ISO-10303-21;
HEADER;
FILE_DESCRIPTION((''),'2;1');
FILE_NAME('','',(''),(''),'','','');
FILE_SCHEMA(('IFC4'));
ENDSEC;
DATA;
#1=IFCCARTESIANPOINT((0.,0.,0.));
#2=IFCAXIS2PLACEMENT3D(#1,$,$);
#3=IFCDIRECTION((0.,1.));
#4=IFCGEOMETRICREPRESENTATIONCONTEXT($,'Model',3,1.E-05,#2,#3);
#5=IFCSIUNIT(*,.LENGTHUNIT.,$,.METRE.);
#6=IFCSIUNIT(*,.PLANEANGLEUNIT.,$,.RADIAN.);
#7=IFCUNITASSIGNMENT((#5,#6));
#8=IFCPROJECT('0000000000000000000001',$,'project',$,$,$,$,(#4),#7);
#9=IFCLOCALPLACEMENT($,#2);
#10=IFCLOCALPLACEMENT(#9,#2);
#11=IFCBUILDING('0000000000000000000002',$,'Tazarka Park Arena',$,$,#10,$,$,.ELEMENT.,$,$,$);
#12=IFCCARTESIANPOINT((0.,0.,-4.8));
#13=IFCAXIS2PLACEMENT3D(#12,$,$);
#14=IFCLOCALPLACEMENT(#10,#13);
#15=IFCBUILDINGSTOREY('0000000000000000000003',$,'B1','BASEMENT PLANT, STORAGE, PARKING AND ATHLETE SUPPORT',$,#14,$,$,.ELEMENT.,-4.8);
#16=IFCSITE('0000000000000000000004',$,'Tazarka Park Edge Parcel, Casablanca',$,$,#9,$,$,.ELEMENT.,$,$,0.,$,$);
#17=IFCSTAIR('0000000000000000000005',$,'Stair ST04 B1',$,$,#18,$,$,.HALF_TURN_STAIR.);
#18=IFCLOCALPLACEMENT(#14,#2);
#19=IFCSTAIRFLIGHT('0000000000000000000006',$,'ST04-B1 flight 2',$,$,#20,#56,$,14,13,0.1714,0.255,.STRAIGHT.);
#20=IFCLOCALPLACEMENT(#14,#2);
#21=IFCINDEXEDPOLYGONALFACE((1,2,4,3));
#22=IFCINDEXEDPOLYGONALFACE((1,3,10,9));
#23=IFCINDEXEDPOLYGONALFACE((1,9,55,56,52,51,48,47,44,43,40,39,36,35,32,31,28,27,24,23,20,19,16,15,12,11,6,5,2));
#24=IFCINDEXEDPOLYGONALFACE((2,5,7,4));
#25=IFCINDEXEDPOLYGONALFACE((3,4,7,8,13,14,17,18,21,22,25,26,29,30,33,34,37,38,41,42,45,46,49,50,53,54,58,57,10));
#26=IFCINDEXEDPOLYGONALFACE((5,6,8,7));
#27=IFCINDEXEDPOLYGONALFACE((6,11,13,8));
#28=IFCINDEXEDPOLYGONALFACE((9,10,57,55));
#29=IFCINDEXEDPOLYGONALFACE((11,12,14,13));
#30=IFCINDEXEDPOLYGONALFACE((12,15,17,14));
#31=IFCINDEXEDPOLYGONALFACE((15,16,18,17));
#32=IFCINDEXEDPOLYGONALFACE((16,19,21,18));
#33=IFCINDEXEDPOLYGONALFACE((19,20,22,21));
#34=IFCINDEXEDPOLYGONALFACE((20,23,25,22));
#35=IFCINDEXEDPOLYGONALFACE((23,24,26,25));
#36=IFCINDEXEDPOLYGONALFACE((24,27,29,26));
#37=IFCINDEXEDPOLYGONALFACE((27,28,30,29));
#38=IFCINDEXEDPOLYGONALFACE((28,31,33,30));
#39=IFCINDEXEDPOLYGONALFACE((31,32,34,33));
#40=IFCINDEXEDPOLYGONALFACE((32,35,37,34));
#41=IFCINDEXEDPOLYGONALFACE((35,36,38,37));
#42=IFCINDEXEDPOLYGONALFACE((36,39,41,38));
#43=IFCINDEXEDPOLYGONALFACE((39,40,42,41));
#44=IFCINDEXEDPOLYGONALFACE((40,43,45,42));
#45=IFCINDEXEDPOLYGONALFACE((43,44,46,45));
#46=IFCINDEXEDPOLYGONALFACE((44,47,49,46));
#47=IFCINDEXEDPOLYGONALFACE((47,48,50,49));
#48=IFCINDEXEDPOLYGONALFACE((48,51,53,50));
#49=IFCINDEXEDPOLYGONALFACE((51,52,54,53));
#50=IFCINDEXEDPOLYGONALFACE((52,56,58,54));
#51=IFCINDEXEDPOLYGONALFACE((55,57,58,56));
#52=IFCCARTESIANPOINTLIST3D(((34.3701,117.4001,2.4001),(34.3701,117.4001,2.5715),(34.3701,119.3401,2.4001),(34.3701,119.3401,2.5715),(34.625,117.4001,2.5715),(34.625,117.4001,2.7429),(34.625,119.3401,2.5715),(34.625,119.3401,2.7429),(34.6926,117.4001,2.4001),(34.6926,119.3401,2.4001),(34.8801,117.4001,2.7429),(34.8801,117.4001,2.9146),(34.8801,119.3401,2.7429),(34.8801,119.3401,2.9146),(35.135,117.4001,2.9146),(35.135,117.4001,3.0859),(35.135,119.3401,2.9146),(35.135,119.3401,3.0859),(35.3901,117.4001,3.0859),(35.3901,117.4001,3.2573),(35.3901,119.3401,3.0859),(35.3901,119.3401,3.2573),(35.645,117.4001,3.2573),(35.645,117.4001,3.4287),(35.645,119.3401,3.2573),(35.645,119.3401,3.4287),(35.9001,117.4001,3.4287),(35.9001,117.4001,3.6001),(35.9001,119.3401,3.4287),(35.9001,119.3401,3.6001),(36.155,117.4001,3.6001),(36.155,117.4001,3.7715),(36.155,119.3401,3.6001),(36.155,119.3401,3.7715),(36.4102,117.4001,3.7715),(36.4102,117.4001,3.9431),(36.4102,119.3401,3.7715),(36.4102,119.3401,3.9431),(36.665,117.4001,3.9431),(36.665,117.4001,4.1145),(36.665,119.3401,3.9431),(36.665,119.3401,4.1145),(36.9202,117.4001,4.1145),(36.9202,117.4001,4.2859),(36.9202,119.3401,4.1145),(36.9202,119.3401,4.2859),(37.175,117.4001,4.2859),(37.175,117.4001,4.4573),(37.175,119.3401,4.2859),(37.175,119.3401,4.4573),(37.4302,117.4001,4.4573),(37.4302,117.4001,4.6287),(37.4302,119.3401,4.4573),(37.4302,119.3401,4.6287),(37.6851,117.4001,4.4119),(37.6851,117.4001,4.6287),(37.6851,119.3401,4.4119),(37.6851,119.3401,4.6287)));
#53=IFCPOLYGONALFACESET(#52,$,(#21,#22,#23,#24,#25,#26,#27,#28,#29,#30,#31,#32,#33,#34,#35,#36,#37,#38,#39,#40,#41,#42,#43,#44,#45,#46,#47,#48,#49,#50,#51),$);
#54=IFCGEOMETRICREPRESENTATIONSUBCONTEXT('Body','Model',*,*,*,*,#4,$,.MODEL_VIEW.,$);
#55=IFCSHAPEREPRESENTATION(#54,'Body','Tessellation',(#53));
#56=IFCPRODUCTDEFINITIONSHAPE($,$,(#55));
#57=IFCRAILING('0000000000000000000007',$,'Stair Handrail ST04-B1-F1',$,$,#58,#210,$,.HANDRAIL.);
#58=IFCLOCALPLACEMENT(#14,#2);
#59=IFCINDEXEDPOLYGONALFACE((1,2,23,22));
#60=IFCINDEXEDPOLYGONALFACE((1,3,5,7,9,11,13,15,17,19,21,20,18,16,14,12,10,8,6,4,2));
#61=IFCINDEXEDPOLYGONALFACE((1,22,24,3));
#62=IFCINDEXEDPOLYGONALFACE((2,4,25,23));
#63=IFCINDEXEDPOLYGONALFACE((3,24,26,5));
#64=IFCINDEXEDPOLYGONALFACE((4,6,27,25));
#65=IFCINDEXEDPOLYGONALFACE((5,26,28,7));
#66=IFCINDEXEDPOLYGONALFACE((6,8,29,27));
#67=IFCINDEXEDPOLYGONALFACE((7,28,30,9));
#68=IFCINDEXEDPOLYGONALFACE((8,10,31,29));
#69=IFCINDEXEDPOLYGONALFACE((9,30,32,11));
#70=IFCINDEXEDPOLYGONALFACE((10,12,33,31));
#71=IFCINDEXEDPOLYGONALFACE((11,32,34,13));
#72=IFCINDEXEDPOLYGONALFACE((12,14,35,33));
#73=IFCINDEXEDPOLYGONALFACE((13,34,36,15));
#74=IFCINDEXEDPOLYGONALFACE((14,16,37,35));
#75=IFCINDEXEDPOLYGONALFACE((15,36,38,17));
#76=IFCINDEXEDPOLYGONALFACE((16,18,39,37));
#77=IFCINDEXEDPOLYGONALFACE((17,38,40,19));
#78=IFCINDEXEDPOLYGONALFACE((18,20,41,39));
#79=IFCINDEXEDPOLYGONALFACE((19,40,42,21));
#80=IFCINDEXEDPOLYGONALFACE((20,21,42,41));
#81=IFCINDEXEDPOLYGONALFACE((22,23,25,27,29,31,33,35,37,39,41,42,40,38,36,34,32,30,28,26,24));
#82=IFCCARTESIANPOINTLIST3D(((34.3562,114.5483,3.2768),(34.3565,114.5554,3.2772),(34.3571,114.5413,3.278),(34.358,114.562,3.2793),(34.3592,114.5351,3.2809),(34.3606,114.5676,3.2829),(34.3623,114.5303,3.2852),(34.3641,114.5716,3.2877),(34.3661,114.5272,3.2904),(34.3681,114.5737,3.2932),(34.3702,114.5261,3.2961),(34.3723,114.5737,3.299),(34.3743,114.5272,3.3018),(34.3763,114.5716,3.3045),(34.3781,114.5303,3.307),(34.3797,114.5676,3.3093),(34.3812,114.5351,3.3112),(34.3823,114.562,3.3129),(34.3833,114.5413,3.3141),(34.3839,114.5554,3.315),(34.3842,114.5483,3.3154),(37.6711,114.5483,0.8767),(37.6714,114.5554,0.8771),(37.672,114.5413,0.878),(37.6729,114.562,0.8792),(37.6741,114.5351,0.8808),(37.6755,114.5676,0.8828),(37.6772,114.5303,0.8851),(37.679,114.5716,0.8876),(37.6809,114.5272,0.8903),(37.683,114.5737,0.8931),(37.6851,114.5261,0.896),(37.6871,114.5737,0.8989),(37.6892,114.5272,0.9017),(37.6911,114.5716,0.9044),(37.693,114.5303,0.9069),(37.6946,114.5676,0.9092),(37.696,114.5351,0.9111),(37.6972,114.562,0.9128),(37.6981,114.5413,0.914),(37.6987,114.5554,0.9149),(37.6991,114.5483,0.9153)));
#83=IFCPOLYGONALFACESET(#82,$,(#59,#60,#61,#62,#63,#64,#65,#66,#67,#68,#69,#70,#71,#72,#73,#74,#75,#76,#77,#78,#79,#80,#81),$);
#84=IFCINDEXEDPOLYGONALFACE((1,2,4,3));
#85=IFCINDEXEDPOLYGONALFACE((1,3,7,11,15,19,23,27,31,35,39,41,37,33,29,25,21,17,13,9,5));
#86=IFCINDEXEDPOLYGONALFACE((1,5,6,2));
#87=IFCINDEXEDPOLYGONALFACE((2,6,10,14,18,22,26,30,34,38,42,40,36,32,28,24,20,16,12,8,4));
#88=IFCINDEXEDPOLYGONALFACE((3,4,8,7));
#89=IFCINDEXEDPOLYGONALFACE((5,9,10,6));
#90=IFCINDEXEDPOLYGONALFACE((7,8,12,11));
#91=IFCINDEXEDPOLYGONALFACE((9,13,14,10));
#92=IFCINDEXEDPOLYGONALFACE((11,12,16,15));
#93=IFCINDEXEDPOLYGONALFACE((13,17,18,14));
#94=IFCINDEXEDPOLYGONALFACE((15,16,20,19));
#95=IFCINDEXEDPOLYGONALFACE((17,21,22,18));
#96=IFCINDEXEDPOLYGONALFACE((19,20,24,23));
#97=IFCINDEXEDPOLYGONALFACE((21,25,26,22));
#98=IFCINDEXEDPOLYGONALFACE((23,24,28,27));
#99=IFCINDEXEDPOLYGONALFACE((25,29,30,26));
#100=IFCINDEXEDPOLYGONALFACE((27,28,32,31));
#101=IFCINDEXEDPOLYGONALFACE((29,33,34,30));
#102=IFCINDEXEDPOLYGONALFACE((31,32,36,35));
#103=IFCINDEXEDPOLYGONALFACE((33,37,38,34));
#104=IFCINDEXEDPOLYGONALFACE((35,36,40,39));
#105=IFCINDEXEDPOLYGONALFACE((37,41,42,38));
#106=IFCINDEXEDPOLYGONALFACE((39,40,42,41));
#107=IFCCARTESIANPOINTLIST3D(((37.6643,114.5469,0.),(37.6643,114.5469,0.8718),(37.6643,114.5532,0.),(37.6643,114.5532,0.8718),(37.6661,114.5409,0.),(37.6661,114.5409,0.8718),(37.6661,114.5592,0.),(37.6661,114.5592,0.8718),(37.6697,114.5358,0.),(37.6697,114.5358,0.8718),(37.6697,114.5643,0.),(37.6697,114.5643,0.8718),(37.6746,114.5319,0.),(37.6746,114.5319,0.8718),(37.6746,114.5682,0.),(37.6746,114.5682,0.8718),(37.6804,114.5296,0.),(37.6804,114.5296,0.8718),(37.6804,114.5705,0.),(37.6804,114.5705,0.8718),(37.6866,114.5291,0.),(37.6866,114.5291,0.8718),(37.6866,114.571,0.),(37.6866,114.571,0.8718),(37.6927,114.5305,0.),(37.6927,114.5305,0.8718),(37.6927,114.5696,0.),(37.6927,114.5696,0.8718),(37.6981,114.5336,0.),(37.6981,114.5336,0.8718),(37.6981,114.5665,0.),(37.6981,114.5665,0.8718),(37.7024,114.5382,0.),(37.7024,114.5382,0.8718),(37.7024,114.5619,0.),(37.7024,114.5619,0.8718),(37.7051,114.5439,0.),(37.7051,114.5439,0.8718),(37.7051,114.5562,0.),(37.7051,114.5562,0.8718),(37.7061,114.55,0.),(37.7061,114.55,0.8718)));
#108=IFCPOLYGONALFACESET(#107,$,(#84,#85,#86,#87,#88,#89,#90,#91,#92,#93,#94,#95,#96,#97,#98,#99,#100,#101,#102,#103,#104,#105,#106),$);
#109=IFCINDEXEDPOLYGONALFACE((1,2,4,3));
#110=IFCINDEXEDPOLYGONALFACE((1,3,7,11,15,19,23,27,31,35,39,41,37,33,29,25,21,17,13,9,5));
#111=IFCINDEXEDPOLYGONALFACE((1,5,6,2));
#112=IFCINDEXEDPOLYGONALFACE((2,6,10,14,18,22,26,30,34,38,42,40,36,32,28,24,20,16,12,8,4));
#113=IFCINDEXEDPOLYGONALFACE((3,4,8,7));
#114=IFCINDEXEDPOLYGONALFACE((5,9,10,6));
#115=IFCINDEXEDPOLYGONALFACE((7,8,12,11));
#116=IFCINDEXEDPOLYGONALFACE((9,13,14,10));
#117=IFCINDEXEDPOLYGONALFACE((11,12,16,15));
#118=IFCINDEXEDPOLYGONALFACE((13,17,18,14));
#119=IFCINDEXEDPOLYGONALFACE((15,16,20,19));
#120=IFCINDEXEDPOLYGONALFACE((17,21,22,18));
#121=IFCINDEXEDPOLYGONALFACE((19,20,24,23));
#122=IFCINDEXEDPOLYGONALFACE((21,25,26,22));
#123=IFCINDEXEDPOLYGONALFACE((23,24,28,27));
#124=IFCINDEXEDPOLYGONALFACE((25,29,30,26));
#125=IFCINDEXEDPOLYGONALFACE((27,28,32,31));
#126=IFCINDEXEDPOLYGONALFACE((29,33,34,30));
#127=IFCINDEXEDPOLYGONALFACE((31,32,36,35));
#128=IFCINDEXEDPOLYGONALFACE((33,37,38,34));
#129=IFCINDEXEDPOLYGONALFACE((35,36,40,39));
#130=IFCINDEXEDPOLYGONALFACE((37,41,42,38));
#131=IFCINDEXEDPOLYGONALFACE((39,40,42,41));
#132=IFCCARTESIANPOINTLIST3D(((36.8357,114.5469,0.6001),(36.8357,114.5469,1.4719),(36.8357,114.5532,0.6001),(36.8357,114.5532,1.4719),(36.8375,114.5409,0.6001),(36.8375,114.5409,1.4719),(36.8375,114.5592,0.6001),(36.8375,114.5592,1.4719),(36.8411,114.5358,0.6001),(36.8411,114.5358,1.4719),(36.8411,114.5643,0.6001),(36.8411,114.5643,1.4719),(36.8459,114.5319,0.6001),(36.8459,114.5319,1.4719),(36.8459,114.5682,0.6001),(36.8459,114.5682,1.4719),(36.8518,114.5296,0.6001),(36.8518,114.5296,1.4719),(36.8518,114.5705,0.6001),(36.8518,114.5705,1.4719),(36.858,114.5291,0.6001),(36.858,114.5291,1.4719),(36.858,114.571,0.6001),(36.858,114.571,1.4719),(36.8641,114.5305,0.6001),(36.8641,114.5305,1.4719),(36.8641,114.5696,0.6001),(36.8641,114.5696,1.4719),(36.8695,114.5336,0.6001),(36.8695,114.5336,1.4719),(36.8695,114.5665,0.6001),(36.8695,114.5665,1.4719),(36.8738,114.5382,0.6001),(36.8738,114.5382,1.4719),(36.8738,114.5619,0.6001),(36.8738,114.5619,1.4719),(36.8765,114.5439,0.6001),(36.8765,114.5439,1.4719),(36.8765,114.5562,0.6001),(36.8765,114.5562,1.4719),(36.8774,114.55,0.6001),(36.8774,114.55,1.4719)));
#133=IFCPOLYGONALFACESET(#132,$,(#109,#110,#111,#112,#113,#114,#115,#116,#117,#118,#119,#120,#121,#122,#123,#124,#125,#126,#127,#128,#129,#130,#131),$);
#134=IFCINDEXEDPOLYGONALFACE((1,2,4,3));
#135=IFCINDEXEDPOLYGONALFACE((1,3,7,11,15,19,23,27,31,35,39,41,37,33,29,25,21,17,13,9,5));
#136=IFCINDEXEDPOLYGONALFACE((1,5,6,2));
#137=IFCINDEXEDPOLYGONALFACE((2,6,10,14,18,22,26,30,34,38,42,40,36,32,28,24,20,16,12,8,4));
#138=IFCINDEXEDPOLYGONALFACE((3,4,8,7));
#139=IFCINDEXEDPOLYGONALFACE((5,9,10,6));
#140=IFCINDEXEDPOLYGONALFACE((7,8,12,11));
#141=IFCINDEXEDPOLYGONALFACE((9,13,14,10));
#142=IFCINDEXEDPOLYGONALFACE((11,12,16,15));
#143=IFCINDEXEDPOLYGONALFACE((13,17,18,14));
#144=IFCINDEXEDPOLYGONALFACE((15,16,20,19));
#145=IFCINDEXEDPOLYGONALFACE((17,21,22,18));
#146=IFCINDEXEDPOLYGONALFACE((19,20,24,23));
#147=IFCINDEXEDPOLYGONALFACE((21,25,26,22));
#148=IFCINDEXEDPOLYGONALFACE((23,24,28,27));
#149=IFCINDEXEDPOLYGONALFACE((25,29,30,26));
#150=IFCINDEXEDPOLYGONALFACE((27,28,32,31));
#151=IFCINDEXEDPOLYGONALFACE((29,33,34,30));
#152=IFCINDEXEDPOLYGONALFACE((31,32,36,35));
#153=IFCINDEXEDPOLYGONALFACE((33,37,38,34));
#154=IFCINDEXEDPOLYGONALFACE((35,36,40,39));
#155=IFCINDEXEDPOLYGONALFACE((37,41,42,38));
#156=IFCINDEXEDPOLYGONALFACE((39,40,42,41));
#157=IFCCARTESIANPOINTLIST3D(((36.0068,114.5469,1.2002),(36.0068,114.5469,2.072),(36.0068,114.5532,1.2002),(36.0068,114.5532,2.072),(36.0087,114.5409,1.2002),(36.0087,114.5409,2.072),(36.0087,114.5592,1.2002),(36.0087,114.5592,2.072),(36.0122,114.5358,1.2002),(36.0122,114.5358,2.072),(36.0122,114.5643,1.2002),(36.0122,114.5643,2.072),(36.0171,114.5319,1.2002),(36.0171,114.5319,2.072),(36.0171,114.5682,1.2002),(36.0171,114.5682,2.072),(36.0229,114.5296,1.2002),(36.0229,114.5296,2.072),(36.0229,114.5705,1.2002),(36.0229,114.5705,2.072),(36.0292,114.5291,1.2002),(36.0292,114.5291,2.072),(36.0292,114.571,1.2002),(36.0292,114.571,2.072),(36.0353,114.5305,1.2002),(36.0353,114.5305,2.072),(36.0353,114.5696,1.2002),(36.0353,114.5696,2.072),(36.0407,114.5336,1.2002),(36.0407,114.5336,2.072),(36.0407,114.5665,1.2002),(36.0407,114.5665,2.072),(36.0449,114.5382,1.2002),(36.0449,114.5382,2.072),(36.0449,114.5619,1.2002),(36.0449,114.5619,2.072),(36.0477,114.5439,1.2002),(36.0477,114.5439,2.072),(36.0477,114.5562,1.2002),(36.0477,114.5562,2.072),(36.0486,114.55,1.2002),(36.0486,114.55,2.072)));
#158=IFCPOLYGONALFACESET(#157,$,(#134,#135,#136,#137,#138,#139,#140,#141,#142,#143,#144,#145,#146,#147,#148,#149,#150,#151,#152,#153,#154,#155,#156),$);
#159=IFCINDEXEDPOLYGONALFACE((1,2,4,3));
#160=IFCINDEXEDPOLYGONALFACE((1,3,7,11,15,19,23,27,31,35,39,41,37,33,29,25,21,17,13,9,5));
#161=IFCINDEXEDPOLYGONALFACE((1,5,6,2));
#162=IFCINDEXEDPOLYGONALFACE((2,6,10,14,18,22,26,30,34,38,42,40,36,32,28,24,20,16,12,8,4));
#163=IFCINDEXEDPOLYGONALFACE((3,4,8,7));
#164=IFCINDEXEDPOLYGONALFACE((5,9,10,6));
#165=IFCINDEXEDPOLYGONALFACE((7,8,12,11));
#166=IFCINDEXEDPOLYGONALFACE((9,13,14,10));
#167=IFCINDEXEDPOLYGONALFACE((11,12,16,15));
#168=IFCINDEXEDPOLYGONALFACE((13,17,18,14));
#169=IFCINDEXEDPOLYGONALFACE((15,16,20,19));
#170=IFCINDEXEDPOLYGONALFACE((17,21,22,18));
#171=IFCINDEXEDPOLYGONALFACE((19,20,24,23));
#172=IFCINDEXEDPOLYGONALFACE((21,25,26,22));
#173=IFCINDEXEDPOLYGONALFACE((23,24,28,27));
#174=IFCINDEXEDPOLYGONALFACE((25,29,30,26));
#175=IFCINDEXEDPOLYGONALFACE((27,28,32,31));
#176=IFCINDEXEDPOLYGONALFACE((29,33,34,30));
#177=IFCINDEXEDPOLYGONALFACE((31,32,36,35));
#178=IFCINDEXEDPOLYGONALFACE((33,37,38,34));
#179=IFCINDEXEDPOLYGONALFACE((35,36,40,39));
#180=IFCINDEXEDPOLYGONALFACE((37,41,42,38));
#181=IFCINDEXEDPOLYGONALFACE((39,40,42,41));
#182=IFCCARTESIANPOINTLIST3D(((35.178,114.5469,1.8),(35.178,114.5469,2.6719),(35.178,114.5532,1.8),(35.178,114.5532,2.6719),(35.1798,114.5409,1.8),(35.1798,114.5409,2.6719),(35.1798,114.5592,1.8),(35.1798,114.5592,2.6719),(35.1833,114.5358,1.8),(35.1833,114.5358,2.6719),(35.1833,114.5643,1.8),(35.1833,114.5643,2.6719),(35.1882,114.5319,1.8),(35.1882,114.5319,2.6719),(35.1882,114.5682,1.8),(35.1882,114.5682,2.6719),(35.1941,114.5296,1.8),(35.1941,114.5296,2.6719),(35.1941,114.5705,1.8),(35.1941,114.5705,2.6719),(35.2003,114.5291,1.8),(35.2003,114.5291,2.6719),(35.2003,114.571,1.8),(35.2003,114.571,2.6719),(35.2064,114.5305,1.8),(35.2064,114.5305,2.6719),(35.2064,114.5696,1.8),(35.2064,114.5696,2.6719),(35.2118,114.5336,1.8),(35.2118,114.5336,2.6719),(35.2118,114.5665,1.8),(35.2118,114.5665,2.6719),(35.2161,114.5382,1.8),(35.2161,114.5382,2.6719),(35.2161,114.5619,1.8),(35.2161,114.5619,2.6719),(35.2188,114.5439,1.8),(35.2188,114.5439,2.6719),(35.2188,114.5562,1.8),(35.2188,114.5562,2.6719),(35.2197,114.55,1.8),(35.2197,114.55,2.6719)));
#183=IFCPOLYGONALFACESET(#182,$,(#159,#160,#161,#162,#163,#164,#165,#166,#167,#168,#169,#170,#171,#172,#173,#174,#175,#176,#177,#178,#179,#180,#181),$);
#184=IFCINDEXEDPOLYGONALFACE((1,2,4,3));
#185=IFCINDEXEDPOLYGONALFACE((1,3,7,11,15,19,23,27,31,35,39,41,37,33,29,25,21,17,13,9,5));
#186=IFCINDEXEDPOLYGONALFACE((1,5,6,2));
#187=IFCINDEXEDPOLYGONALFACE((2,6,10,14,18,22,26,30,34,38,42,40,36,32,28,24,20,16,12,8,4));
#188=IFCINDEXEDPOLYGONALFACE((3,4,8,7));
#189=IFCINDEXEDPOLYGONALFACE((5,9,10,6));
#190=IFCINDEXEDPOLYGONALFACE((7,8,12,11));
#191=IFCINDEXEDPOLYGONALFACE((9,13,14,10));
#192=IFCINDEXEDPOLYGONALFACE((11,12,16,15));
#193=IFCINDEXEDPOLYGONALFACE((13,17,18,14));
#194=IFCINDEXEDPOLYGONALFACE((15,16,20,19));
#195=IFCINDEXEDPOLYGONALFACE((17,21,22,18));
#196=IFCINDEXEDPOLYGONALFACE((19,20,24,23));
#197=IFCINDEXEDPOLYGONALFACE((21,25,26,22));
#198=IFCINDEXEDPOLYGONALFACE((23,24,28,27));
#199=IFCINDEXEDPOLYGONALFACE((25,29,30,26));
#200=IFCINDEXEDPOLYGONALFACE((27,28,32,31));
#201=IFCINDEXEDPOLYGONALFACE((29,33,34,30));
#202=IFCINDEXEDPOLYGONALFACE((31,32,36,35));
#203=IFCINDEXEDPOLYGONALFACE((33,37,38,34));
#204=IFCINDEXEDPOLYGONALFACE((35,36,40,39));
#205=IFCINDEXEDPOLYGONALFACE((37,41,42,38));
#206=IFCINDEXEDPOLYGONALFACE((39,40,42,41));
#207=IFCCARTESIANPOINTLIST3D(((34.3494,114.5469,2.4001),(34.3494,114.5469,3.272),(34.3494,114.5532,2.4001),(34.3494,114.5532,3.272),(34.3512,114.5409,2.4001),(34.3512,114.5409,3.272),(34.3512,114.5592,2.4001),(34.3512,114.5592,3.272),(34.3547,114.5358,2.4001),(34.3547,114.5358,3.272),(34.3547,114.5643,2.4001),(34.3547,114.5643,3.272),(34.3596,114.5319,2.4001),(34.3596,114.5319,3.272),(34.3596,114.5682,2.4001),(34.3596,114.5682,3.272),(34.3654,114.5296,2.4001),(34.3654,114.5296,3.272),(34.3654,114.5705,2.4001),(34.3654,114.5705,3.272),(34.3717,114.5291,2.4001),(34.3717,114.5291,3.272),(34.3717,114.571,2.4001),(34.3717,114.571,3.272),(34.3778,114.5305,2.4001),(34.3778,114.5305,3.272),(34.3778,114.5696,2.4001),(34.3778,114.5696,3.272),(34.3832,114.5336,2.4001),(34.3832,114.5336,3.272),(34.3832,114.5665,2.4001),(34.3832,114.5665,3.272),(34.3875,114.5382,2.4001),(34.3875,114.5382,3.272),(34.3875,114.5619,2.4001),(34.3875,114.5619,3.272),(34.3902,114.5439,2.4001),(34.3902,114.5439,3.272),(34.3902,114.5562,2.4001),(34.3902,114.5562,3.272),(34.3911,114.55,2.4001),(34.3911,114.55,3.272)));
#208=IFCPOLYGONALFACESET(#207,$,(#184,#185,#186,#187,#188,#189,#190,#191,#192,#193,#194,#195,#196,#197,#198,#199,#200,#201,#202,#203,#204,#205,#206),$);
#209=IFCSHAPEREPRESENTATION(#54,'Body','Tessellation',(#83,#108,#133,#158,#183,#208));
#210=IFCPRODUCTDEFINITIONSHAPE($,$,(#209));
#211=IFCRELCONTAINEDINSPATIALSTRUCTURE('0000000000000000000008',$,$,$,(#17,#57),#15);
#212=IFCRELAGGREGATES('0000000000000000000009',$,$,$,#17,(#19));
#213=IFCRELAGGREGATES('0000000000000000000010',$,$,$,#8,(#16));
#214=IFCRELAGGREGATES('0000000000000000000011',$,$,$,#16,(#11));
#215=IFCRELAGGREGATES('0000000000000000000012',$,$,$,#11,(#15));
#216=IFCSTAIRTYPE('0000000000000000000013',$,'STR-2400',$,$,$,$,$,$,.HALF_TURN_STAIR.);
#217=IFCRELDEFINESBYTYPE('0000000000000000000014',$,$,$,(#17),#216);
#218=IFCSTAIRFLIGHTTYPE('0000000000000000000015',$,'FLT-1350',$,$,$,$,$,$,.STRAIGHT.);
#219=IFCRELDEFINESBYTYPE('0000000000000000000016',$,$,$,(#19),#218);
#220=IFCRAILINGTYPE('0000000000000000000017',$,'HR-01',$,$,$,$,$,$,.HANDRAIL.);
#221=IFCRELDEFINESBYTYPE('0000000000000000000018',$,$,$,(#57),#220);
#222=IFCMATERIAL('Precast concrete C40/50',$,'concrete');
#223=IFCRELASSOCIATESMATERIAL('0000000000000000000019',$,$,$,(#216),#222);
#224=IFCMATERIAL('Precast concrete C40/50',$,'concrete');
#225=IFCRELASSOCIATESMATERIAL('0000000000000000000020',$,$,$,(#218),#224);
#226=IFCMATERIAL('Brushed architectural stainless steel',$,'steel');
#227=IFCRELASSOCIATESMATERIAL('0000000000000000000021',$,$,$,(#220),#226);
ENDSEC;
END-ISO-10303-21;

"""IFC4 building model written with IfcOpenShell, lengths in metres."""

from ifc_helpers import new_model, si_unit, direction, frame, origin, origin_2d, place, context, subcontext, project, spatial, polyline, circle, outline, extrude, material, type_object, element, aggregate, save


model = new_model("IFC4")

# Units and contexts
model_context = context("Model", 3, precision=1e-05, world=origin(), true_north=direction((0.0, 1.0)))
body_context = subcontext(model_context, "Body", "Model", "MODEL_VIEW")
ifc_project = project(units=[si_unit("LENGTHUNIT", "METRE"), si_unit("PLANEANGLEUNIT", "RADIAN")], contexts=[model_context])

# Site, building, storey
site_placement = place(None, origin())
site = spatial("IfcSite", under=ifc_project, at=site_placement, Name="Tazarka Park Edge Parcel, Casablanca", CompositionType="ELEMENT", RefElevation=0.0)
building_placement = place(site_placement, origin())
building = spatial("IfcBuilding", under=site, at=building_placement, Name="Tazarka Park Arena", CompositionType="ELEMENT")
storey_placement = place(building_placement, frame((0.0, 0.0, -4.8)))
storey = spatial("IfcBuildingStorey", under=building, at=storey_placement, Name="B1", Description="BASEMENT PLANT, STORAGE, PARKING AND ATHLETE SUPPORT", CompositionType="ELEMENT", Elevation=-4.8)

# Stair, stair flight
ifc_material_1 = material(Name="Precast concrete C40/50", Category="concrete")
stair_type = type_object("IfcStairType", Name="STR-2400", PredefinedType="HALF_TURN_STAIR", material=ifc_material_1)
stair_placement = place(storey_placement, origin())
stair = element("IfcStair", 1, at=stair_placement, inside=storey, type_object=stair_type, Name="Stair ST04 B1", PredefinedType="HALF_TURN_STAIR")
ifc_material_2 = material(Name="Precast concrete C40/50", Category="concrete")
stair_flight_type = type_object("IfcStairFlightType", Name="FLT-1350", PredefinedType="STRAIGHT", material=ifc_material_2)
stair_flight_1_placement = place(storey_placement, frame((34.3701, 118.3701, 2.4001), z_axis=(0.0, 0.0, 1.0), x_axis=(1.0, 0.0, 0.0)))
stair_flight_1 = element("IfcStairFlight", 2, at=stair_flight_1_placement, type_object=stair_flight_type, Name="ST04-B1 flight 2", NumberOfRisers=14, NumberOfTreads=13, PredefinedType="STRAIGHT", RiserHeight=0.1714, TreadLength=0.255, context=body_context, shape_type="SweptSolid", body=[
    extrude(outline(polyline([(0.0, 0.0), (0.0, 0.1714), (0.2549, 0.1714), (0.2549, 0.3428), (0.51, 0.3428), (0.51, 0.5144), (0.7649, 0.5144), (0.7649, 0.6858), (1.02, 0.6858), (1.02, 0.8572), (1.2749, 0.8572), (1.2749, 1.0286), (1.53, 1.0286), (1.53, 1.2), (1.7849, 1.2), (1.7849, 1.3713), (2.04, 1.3713), (2.04, 1.543), (2.2949, 1.543), (2.2949, 1.7144), (2.55, 1.7144), (2.55, 1.8857), (2.8049, 1.8857), (2.8049, 2.0571), (3.0601, 2.0571), (3.0601, 2.2285), (3.3149, 2.2285), (3.3149, 2.3999), (3.3149, 2.0117), (0.3225, 0.0), (0.0, 0.0)])), frame((0.0, 0.97, 0.0), z_axis=(0.0, -1.0, 0.0), x_axis=(1.0, 0.0, 0.0)), (0.0, 0.0, 1.0), 1.9399),
])
aggregate(stair, [stair_flight_1])

# Railing
ifc_material_3 = material(Name="Brushed architectural stainless steel", Category="steel")
railing_type_1 = type_object("IfcRailingType", Name="HR-01", PredefinedType="HANDRAIL", material=ifc_material_3)
railing_1_placement = place(storey_placement, frame((37.6851, 114.55, 0.0)))
element("IfcRailing", 3, at=railing_1_placement, inside=storey, type_object=railing_type_1, Name="Stair Handrail ST04-B1-F1", PredefinedType="HANDRAIL", context=body_context, shape_type="SweptSolid", body=[
    extrude(circle(Radius=0.0239, at=origin_2d()), frame((0.0, 0.0, 0.896), z_axis=(-0.80998, 0.0, 0.586457), x_axis=(0.0, -1.0, 0.0)), (0.0, 0.0, 1.0), 4.0925),
    extrude(circle(Radius=0.021, at=origin_2d()), origin(), (0.0, 0.0, 1.0), 0.8718),
    extrude(circle(Radius=0.021, at=origin_2d()), frame((-0.8286, 0.0, 0.6001)), (0.0, 0.0, 1.0), 0.8718),
    extrude(circle(Radius=0.021, at=origin_2d()), frame((-1.6575, 0.0, 1.2002)), (0.0, 0.0, 1.0), 0.8718),
    extrude(circle(Radius=0.021, at=origin_2d()), frame((-2.4863, 0.0, 1.8)), (0.0, 0.0, 1.0), 0.8718),
    extrude(circle(Radius=0.021, at=origin_2d()), frame((-3.3149, 0.0, 2.4001)), (0.0, 0.0, 1.0), 0.8718),
])

save(model, "model.ifc")
